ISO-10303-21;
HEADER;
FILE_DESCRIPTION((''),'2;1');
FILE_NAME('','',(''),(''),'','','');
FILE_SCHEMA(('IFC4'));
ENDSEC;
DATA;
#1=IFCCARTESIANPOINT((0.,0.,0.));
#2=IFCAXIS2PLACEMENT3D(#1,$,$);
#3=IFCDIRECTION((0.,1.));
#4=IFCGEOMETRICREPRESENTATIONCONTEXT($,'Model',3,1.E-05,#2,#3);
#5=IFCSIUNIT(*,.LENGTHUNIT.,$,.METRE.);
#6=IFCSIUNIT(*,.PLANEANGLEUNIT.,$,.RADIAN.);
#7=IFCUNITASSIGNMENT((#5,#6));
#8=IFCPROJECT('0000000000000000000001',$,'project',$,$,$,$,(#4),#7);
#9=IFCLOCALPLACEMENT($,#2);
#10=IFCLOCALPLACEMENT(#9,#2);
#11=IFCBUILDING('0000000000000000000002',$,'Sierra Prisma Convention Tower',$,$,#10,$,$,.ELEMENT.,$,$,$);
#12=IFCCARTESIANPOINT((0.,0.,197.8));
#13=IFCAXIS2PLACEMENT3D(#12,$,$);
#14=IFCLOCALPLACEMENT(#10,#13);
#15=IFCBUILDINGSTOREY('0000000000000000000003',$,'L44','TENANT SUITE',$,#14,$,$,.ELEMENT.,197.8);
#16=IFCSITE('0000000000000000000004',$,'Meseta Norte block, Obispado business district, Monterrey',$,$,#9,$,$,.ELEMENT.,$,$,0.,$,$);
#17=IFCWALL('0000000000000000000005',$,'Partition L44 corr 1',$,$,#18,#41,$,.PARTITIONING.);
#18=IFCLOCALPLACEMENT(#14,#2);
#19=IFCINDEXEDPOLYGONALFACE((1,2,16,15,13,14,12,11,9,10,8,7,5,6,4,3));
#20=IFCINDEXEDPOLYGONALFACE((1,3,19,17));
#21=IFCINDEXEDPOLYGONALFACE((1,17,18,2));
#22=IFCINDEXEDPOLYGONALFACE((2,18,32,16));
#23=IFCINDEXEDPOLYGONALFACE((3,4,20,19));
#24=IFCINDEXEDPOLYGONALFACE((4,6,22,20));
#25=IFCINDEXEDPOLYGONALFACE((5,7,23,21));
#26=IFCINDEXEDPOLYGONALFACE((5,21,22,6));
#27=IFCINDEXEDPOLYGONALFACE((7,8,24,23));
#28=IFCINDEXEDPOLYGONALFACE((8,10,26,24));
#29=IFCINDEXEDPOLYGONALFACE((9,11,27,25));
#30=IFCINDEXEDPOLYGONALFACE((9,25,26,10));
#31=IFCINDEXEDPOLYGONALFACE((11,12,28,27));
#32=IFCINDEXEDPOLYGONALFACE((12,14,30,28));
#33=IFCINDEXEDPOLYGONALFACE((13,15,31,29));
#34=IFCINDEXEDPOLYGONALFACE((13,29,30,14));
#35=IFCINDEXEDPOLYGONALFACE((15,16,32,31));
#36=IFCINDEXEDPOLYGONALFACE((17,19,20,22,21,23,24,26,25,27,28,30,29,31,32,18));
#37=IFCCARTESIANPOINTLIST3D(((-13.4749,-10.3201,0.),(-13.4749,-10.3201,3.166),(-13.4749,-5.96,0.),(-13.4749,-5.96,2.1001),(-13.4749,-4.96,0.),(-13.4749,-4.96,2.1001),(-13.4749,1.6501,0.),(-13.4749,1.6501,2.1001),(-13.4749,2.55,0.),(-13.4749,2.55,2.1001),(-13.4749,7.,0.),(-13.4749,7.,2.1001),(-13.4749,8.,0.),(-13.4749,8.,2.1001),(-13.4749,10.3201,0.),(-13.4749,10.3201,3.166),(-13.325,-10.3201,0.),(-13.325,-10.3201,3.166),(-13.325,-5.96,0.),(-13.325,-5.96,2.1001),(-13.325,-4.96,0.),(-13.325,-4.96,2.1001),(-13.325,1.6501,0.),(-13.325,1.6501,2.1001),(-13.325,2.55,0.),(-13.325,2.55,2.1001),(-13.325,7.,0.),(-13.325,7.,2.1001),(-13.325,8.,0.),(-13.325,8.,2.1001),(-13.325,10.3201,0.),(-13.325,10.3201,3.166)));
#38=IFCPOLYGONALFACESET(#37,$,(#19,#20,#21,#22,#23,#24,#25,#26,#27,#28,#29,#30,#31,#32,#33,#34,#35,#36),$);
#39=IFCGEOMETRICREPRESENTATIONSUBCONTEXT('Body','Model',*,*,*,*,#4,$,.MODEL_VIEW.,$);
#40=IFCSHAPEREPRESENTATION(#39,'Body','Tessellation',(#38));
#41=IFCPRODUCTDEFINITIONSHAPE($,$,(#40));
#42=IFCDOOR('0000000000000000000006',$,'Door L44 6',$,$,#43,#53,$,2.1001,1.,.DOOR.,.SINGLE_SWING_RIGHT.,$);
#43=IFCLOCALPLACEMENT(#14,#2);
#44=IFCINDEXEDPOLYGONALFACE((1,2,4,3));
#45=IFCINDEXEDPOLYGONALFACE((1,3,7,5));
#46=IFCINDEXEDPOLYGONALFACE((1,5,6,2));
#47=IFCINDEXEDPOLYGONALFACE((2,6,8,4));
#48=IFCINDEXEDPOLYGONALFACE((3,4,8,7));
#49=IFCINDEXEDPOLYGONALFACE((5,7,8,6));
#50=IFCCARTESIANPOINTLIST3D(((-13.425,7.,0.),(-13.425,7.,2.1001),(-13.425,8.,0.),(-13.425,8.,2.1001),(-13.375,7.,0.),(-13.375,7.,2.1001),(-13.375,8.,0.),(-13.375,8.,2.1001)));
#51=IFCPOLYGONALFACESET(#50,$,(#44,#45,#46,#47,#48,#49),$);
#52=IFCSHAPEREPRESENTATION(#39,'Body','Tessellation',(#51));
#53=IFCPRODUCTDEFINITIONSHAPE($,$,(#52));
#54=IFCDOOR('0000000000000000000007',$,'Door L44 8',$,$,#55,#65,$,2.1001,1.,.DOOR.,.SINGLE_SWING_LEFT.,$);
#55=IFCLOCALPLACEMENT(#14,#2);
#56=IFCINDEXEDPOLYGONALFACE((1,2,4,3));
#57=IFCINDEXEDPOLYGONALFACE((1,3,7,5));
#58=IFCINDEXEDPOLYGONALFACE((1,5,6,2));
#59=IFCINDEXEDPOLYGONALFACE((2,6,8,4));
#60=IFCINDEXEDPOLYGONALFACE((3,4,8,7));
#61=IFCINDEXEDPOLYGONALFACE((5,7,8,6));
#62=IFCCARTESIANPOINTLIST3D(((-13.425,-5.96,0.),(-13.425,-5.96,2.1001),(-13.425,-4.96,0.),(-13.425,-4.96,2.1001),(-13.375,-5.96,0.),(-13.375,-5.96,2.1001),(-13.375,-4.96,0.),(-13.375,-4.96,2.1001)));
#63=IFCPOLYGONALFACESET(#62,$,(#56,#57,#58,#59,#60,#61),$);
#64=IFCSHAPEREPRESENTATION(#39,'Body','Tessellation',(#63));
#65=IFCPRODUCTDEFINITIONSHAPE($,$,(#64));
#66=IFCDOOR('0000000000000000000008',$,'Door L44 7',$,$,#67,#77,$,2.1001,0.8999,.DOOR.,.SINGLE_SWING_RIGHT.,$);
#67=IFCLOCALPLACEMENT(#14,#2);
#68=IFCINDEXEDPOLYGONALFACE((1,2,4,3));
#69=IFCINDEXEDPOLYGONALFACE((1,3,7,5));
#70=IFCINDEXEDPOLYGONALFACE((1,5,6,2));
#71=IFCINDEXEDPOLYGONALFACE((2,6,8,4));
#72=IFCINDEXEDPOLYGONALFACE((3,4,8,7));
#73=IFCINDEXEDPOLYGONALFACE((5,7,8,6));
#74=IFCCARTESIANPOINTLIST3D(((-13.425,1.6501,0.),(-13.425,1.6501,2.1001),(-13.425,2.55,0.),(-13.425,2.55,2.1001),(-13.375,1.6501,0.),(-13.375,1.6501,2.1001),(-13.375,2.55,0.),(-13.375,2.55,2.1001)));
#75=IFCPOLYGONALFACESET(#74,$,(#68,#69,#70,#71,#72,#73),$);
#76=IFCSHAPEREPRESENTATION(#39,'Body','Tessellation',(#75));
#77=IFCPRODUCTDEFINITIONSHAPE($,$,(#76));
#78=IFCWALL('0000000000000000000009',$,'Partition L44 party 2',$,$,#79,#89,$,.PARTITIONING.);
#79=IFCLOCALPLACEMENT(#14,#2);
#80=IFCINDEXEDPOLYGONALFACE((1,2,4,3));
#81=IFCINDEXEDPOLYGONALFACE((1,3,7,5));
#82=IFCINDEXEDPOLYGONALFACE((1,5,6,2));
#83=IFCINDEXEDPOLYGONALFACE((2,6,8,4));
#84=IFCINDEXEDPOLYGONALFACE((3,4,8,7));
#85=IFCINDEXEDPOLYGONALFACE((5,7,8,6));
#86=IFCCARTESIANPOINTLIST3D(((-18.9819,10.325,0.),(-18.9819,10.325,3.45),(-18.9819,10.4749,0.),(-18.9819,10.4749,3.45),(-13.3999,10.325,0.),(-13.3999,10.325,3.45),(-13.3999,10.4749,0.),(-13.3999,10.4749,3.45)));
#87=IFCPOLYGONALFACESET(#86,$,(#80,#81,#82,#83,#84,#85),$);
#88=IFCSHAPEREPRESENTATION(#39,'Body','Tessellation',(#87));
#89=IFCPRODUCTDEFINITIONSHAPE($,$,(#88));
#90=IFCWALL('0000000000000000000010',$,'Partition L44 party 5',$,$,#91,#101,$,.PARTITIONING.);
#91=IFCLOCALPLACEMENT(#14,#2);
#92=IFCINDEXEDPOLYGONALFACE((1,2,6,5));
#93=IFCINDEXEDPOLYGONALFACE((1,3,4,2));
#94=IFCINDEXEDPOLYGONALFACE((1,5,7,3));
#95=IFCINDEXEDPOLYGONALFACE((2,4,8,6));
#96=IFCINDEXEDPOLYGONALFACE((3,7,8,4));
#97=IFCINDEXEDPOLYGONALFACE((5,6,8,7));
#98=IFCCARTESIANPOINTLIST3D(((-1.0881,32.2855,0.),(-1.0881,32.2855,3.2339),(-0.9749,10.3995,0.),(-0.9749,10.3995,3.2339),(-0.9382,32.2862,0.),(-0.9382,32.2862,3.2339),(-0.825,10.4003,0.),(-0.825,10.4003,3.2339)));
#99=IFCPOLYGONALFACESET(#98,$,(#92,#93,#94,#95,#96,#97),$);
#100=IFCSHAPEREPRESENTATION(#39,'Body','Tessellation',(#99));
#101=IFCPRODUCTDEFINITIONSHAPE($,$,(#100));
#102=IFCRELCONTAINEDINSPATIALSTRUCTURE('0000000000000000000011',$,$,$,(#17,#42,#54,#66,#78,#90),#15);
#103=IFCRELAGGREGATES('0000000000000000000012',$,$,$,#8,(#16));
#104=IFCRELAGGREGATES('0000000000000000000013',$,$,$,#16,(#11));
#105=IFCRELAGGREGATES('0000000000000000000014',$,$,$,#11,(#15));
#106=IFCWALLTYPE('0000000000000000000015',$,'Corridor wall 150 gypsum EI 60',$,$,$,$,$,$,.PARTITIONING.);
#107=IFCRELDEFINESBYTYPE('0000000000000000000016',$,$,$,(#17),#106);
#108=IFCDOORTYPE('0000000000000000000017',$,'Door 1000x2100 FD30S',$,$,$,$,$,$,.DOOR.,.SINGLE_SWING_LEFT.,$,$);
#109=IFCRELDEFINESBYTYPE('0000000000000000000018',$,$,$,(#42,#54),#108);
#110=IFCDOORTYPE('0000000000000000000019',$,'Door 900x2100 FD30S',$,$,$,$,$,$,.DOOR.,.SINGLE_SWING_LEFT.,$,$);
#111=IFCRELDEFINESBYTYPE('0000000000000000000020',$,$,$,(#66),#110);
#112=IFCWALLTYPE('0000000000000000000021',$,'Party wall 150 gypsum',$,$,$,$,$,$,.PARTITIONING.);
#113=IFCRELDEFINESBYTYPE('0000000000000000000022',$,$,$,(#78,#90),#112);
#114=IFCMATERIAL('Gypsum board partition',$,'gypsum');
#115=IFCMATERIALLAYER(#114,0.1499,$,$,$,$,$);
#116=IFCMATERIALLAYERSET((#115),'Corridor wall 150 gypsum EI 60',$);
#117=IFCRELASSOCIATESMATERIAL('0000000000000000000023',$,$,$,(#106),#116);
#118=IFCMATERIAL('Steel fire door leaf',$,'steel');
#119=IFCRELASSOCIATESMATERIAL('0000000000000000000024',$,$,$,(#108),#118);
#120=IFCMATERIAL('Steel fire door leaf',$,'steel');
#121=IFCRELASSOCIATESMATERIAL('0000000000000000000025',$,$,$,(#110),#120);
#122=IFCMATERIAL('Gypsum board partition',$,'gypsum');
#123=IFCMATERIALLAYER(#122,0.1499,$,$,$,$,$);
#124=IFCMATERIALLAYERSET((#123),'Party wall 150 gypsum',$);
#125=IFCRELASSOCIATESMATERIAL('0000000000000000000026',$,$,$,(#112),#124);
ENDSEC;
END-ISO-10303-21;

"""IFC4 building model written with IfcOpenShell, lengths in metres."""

from ifc_helpers import new_model, si_unit, direction, frame, frame_2d, origin, place, context, subcontext, project, spatial, rectangle, extrude, material, layer, layer_set, type_object, element, fill, save


model = new_model("IFC4")

# Units and contexts
model_context = context("Model", 3, precision=1e-05, world=origin(), true_north=direction((0.0, 1.0)))
body_context = subcontext(model_context, "Body", "Model", "MODEL_VIEW")
ifc_project = project(units=[si_unit("LENGTHUNIT", "METRE"), si_unit("PLANEANGLEUNIT", "RADIAN")], contexts=[model_context])

# Site, building, storey
site_placement = place(None, origin())
site = spatial("IfcSite", under=ifc_project, at=site_placement, Name="Meseta Norte block, Obispado business district, Monterrey", CompositionType="ELEMENT", RefElevation=0.0)
building_placement = place(site_placement, origin())
building = spatial("IfcBuilding", under=site, at=building_placement, Name="Sierra Prisma Convention Tower", CompositionType="ELEMENT")
storey_placement = place(building_placement, frame((0.0, 0.0, 197.8)))
storey = spatial("IfcBuildingStorey", under=building, at=storey_placement, Name="L44", Description="TENANT SUITE", CompositionType="ELEMENT", Elevation=197.8)

# Wall, openings, doors
ifc_material_1 = material(Name="Gypsum board partition", Category="gypsum")
ifc_layer_1 = layer(ifc_material_1, 0.1499)
ifc_layer_set_1 = layer_set([ifc_layer_1], Name="Corridor wall 150 gypsum EI 60")
wall_type_1 = type_object("IfcWallType", Name="Corridor wall 150 gypsum EI 60", PredefinedType="PARTITIONING", material=ifc_layer_set_1)
wall_1_placement = place(storey_placement, frame((-13.3999, 10.3201, 0.0), z_axis=(0.0, 0.0, 1.0), x_axis=(0.0, -1.0, 0.0)))
wall_1 = element("IfcWall", 1, at=wall_1_placement, inside=storey, type_object=wall_type_1, Name="Partition L44 corr 1", PredefinedType="PARTITIONING", context=body_context, shape_type="SweptSolid", body=[
    extrude(rectangle(XDim=20.6401, YDim=0.1499, at=frame_2d((10.3201, 0.0))), origin(), (0.0, 0.0, 1.0), 3.166),
])
opening_1_placement = place(wall_1_placement, frame((2.3201, 0.0, 0.0)))
opening_1 = element("IfcOpeningElement", 2, at=opening_1_placement, cuts=wall_1, PredefinedType="OPENING", context=body_context, shape_type="SweptSolid", body=[
    extrude(rectangle(XDim=1.0, YDim=2.1001, at=frame_2d((0.5, 1.05))), frame((0.0, 0.075, 0.0), z_axis=(0.0, -1.0, 0.0), x_axis=(1.0, 0.0, 0.0)), (0.0, 0.0, 1.0), 0.1499),
])
opening_2_placement = place(wall_1_placement, frame((7.77, 0.0, 0.0)))
opening_2 = element("IfcOpeningElement", 3, at=opening_2_placement, cuts=wall_1, PredefinedType="OPENING", context=body_context, shape_type="SweptSolid", body=[
    extrude(rectangle(XDim=0.8999, YDim=2.1001, at=frame_2d((0.45, 1.05))), frame((0.0, 0.075, 0.0), z_axis=(0.0, -1.0, 0.0), x_axis=(1.0, 0.0, 0.0)), (0.0, 0.0, 1.0), 0.1499),
])
opening_3_placement = place(wall_1_placement, frame((15.28, 0.0, 0.0)))
opening_3 = element("IfcOpeningElement", 4, at=opening_3_placement, cuts=wall_1, PredefinedType="OPENING", context=body_context, shape_type="SweptSolid", body=[
    extrude(rectangle(XDim=1.0, YDim=2.1001, at=frame_2d((0.5, 1.05))), frame((0.0, 0.075, 0.0), z_axis=(0.0, -1.0, 0.0), x_axis=(1.0, 0.0, 0.0)), (0.0, 0.0, 1.0), 0.1499),
])
ifc_material_2 = material(Name="Steel fire door leaf", Category="steel")
door_type_1 = type_object("IfcDoorType", Name="Door 1000x2100 FD30S", OperationType="SINGLE_SWING_LEFT", PredefinedType="DOOR", material=ifc_material_2)
door_1_placement = place(opening_1_placement, origin())
door_1 = element("IfcDoor", 5, at=door_1_placement, inside=storey, type_object=door_type_1, Name="Door L44 6", OperationType="SINGLE_SWING_RIGHT", OverallHeight=2.1001, OverallWidth=1.0, PredefinedType="DOOR", context=body_context, shape_type="SweptSolid", body=[
    extrude(rectangle(XDim=1.0, YDim=2.1001, at=frame_2d((0.5, 1.05))), frame((0.0, 0.0249, 0.0), z_axis=(0.0, -1.0, 0.0), x_axis=(1.0, 0.0, 0.0)), (0.0, 0.0, 1.0), 0.05),
])
fill(opening_1, door_1)
door_2_placement = place(opening_3_placement, origin())
door_2 = element("IfcDoor", 6, at=door_2_placement, inside=storey, type_object=door_type_1, Name="Door L44 8", OperationType="SINGLE_SWING_LEFT", OverallHeight=2.1001, OverallWidth=1.0, PredefinedType="DOOR", context=body_context, shape_type="SweptSolid", body=[
    extrude(rectangle(XDim=1.0, YDim=2.1001, at=frame_2d((0.5, 1.05))), frame((0.0, 0.0249, 0.0), z_axis=(0.0, -1.0, 0.0), x_axis=(1.0, 0.0, 0.0)), (0.0, 0.0, 1.0), 0.05),
])
fill(opening_3, door_2)
ifc_material_3 = material(Name="Steel fire door leaf", Category="steel")
door_type_2 = type_object("IfcDoorType", Name="Door 900x2100 FD30S", OperationType="SINGLE_SWING_LEFT", PredefinedType="DOOR", material=ifc_material_3)
door_3_placement = place(opening_2_placement, origin())
door_3 = element("IfcDoor", 7, at=door_3_placement, inside=storey, type_object=door_type_2, Name="Door L44 7", OperationType="SINGLE_SWING_RIGHT", OverallHeight=2.1001, OverallWidth=0.8999, PredefinedType="DOOR", context=body_context, shape_type="SweptSolid", body=[
    extrude(rectangle(XDim=0.8999, YDim=2.1001, at=frame_2d((0.45, 1.05))), frame((0.0, 0.0249, 0.0), z_axis=(0.0, -1.0, 0.0), x_axis=(1.0, 0.0, 0.0)), (0.0, 0.0, 1.0), 0.05),
])
fill(opening_2, door_3)

# Walls
ifc_material_4 = material(Name="Gypsum board partition", Category="gypsum")
ifc_layer_2 = layer(ifc_material_4, 0.1499)
ifc_layer_set_2 = layer_set([ifc_layer_2], Name="Party wall 150 gypsum")
wall_type_2 = type_object("IfcWallType", Name="Party wall 150 gypsum", PredefinedType="PARTITIONING", material=ifc_layer_set_2)
wall_2_placement = place(storey_placement, frame((-13.3999, 10.3999, 0.0), z_axis=(0.0, 0.0, 1.0), x_axis=(-1.0, 0.0, 0.0)))
element("IfcWall", 8, at=wall_2_placement, inside=storey, type_object=wall_type_2, Name="Partition L44 party 2", PredefinedType="PARTITIONING", context=body_context, shape_type="SweptSolid", body=[
    extrude(rectangle(XDim=5.582, YDim=0.1499, at=frame_2d((2.791, 0.0))), origin(), (0.0, 0.0, 1.0), 3.45),
])
wall_3_placement = place(storey_placement, frame((-0.8999, 10.3999, 0.0), z_axis=(0.0, 0.0, 1.0), x_axis=(-0.005176, 0.999987, 0.0)))
element("IfcWall", 9, at=wall_3_placement, inside=storey, type_object=wall_type_2, Name="Partition L44 party 5", PredefinedType="PARTITIONING", context=body_context, shape_type="SweptSolid", body=[
    extrude(rectangle(XDim=21.8862, YDim=0.1499, at=frame_2d((10.9431, 0.0))), origin(), (0.0, 0.0, 1.0), 3.2339),
])

save(model, "model.ifc")
